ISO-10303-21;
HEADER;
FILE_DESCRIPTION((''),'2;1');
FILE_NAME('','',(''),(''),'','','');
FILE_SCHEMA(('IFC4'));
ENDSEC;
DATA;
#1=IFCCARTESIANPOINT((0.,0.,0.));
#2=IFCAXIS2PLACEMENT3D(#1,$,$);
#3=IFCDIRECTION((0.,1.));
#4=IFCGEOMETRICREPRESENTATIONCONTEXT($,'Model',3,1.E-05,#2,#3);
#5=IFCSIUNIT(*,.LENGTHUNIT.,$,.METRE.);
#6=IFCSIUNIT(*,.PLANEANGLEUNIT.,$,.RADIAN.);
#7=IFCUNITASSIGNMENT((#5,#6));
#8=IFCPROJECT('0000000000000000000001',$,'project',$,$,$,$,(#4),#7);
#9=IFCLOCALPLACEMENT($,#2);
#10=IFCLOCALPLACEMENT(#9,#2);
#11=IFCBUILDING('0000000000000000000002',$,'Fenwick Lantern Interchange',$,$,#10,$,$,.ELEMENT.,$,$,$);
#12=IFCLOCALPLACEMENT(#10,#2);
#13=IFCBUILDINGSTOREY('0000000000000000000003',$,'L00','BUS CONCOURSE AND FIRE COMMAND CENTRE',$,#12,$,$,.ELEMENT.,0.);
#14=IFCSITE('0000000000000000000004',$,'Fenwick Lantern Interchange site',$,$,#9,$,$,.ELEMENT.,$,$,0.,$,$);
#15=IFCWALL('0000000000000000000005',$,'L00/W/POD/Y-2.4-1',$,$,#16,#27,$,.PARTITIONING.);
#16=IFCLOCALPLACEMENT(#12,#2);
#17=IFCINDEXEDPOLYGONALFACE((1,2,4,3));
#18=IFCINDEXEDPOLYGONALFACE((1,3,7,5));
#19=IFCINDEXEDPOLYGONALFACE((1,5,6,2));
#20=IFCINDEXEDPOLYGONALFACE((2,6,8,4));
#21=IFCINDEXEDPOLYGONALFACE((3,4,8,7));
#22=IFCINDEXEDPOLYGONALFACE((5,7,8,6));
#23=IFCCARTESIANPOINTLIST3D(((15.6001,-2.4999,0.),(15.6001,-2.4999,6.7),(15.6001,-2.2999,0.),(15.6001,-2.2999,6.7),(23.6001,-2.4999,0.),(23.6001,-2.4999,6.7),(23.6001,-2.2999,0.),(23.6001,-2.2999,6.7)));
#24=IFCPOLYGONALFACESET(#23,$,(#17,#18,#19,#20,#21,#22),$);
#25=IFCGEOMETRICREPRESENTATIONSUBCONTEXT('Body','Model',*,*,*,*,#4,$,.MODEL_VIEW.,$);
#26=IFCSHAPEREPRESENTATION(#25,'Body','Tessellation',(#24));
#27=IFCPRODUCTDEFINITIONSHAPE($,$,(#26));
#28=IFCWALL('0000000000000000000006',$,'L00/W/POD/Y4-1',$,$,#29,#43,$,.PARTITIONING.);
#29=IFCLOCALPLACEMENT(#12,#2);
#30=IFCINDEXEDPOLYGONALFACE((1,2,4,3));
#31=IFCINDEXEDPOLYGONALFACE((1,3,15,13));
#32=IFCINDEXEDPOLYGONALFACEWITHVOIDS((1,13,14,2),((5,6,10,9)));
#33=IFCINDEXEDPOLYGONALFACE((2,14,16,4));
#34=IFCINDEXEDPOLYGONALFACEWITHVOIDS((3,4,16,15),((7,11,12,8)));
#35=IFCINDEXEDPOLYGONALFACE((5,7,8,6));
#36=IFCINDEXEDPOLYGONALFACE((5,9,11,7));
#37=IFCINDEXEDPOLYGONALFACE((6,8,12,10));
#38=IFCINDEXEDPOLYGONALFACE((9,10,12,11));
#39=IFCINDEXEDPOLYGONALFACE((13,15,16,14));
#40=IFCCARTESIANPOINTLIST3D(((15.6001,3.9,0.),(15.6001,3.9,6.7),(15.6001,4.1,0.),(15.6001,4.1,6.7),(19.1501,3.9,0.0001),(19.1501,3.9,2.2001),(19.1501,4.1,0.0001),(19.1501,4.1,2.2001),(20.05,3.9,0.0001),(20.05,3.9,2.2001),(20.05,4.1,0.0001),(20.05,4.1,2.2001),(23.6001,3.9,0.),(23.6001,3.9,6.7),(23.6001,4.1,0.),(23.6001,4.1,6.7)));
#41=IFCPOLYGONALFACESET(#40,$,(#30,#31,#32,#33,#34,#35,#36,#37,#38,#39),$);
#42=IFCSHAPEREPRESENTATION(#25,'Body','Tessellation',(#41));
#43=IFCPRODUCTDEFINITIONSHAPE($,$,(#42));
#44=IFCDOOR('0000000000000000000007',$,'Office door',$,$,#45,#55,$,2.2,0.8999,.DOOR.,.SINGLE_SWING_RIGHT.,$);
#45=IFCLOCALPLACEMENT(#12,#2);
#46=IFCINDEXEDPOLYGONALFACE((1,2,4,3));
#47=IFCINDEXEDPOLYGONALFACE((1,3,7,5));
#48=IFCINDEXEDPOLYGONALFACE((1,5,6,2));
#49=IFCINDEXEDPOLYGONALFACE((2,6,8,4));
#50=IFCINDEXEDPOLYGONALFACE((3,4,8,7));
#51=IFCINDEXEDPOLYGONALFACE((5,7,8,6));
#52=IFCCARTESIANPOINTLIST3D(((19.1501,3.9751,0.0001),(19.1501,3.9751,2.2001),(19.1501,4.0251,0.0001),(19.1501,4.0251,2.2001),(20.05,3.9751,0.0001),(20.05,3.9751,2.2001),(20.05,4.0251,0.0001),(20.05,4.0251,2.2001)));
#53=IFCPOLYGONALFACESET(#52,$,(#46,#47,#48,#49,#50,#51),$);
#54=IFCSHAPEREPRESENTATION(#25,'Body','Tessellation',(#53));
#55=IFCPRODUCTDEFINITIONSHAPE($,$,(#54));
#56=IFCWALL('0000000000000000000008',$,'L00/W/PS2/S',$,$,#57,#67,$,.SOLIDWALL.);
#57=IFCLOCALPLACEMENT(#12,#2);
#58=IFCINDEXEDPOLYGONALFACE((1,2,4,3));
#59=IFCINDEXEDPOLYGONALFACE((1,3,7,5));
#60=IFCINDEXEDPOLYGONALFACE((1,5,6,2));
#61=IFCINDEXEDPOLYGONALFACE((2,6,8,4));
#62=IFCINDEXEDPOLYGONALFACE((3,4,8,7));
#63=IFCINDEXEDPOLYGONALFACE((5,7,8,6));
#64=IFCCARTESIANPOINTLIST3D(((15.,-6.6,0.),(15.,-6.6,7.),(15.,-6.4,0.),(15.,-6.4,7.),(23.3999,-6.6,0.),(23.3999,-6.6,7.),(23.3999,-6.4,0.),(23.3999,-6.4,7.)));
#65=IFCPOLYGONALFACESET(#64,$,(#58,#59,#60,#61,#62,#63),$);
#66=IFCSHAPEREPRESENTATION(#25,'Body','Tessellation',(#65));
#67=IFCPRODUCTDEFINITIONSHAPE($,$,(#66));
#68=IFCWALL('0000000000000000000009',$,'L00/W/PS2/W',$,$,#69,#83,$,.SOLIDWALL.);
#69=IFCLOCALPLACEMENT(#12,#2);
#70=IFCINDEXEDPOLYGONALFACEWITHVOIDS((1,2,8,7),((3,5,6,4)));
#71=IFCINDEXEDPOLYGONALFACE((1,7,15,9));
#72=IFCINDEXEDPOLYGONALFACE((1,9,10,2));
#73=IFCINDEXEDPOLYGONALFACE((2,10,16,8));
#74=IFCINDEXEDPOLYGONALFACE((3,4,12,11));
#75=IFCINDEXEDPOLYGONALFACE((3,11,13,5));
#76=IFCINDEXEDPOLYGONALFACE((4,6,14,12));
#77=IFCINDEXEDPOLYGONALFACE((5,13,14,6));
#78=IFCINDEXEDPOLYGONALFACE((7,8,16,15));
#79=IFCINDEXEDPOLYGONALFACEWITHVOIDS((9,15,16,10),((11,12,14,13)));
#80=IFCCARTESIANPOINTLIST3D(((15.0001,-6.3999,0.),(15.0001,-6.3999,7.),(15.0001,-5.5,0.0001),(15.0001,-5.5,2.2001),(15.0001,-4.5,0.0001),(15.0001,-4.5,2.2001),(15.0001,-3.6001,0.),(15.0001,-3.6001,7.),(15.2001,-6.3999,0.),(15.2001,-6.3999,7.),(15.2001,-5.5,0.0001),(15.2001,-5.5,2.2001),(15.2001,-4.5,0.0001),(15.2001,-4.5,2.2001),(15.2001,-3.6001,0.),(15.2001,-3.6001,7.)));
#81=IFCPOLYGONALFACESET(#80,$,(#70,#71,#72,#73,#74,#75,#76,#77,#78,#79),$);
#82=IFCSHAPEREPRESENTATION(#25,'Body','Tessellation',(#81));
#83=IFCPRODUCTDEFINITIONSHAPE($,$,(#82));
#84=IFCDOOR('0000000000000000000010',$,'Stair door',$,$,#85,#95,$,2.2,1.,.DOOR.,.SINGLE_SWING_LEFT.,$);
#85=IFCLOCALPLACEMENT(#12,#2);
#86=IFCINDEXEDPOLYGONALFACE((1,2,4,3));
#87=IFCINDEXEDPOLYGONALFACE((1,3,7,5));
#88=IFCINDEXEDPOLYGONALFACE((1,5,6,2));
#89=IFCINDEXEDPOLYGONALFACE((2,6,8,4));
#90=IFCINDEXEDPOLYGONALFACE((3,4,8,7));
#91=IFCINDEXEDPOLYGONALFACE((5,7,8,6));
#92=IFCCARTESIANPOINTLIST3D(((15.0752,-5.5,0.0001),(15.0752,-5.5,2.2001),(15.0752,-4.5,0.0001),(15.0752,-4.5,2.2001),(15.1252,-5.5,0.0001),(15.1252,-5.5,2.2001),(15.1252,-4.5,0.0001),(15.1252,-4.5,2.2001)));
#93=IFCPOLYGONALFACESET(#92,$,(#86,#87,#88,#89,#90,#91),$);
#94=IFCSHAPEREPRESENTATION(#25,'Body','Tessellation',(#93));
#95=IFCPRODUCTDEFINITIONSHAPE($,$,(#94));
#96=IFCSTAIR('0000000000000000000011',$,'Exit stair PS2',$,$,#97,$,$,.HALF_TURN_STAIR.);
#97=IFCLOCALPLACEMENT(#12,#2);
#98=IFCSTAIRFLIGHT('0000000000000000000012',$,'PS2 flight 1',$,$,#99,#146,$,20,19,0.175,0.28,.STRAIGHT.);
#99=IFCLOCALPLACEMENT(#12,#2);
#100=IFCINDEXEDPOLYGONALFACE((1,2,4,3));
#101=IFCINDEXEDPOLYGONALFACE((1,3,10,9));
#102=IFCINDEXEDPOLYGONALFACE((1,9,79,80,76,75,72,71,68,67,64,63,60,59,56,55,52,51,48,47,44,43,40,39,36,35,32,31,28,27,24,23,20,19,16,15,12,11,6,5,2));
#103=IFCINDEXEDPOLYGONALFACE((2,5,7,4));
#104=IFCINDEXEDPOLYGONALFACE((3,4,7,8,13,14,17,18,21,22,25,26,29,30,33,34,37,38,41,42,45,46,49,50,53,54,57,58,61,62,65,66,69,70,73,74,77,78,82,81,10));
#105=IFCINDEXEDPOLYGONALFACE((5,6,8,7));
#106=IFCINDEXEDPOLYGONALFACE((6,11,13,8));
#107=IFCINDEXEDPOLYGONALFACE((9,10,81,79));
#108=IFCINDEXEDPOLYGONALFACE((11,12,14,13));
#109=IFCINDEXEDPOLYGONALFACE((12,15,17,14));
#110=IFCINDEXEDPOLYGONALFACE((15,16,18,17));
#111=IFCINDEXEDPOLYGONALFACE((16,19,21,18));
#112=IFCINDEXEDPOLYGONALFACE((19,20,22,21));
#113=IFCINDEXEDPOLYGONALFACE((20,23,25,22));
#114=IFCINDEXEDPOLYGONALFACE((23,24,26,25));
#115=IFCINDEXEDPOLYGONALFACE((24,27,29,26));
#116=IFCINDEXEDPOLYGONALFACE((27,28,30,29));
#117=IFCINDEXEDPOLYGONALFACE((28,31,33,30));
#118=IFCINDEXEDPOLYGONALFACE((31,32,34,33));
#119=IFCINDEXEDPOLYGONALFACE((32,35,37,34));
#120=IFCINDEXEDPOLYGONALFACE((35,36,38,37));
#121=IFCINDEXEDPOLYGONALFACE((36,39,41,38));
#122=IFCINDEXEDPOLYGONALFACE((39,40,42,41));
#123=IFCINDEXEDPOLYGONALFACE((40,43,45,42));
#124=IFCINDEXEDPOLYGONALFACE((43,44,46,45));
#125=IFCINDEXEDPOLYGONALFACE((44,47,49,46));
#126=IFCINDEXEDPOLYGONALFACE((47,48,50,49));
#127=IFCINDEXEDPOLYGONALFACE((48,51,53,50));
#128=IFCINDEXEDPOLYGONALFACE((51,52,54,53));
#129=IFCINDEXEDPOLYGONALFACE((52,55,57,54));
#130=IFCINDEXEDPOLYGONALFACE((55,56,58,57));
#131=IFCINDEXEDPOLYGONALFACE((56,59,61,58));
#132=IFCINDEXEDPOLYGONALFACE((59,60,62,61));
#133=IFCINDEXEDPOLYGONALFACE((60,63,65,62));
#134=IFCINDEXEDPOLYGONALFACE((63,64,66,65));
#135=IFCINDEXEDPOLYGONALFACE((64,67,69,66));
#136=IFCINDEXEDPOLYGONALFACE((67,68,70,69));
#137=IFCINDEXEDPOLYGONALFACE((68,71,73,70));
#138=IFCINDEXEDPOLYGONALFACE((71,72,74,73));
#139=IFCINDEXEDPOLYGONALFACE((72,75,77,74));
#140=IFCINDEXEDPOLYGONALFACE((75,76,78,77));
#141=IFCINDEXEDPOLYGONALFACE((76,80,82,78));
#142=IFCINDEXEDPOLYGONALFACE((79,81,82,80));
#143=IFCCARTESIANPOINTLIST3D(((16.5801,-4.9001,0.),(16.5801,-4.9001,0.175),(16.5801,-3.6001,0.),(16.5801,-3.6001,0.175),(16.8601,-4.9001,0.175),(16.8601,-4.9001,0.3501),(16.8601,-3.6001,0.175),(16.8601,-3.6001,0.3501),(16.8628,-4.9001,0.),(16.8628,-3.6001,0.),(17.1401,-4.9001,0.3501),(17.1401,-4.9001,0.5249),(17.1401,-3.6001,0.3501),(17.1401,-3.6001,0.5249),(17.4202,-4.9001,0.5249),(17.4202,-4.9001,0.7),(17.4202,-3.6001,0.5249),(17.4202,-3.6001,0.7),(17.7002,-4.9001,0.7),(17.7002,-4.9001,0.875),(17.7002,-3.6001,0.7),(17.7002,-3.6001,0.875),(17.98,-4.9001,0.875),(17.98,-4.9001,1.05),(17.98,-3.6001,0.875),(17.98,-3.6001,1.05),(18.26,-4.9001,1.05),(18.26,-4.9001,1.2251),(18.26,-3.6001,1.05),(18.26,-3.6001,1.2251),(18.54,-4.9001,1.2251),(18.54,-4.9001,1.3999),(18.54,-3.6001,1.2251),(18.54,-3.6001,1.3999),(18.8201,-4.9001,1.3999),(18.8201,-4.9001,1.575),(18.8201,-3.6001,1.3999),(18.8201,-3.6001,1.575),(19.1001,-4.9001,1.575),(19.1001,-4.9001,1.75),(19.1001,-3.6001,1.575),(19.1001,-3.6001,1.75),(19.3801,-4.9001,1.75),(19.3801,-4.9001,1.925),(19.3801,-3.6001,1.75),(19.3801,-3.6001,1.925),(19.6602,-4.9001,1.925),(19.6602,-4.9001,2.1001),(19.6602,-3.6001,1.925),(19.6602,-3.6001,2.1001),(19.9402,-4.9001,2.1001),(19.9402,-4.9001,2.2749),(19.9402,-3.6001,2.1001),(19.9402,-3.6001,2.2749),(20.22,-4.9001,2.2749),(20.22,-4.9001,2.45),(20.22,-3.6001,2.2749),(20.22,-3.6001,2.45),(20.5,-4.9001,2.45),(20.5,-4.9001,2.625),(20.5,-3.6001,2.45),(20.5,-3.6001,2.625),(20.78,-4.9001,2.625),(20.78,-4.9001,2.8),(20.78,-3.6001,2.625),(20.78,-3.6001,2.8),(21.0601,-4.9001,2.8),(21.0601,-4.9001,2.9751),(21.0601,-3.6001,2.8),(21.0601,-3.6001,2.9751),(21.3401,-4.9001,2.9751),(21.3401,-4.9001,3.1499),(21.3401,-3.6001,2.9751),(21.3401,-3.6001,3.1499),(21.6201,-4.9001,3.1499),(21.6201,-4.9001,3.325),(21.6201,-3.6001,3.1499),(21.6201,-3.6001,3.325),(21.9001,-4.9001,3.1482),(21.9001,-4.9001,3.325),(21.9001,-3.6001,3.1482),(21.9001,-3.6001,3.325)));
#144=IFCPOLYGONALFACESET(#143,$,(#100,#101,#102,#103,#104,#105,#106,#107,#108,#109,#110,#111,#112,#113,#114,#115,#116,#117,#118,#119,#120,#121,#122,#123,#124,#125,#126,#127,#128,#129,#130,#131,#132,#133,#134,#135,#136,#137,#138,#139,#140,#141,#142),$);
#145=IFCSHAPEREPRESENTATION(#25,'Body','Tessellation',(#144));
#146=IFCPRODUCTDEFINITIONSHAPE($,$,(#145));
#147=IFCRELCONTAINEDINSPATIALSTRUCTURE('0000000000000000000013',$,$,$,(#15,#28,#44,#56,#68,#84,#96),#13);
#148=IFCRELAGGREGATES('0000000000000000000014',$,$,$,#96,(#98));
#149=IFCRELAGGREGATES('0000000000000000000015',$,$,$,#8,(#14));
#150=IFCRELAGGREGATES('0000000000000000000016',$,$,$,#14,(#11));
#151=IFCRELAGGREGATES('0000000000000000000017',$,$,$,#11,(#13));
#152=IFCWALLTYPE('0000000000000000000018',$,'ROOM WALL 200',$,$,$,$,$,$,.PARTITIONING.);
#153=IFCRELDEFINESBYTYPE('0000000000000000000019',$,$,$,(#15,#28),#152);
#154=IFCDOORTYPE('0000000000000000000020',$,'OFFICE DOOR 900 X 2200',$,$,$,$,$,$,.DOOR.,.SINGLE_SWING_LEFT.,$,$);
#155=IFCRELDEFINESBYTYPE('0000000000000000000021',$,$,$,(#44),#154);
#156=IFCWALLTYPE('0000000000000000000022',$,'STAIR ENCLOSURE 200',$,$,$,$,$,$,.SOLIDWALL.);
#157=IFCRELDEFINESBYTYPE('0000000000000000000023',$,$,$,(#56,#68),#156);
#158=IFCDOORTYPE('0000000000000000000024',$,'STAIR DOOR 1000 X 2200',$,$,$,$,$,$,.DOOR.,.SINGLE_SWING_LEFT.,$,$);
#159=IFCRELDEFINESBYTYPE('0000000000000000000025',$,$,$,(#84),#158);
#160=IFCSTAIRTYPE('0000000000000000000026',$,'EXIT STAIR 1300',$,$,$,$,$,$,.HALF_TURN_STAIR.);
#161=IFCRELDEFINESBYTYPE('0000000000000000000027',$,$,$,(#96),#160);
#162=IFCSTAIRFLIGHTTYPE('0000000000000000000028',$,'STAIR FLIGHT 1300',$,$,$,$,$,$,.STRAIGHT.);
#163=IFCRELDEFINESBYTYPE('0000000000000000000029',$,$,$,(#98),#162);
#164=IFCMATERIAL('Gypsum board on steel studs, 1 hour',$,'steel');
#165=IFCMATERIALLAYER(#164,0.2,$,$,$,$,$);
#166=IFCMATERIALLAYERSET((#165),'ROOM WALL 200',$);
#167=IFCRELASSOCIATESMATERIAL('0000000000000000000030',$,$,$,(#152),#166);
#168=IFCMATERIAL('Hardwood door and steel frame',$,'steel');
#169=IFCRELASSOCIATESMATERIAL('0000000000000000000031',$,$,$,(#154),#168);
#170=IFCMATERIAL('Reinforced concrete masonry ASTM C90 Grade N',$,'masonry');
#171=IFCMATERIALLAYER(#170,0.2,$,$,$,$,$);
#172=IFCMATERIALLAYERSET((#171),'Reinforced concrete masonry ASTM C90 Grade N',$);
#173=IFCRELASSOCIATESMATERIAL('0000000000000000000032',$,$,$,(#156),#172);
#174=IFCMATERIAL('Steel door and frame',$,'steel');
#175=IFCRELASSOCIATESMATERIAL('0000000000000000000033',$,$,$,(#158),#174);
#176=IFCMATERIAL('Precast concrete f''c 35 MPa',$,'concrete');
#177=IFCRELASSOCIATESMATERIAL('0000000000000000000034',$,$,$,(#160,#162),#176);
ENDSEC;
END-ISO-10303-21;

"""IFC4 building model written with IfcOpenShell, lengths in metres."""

from ifc_helpers import new_model, si_unit, direction, frame, frame_2d, origin, place, context, subcontext, project, spatial, polyline, rectangle, outline, extrude, material, layer, layer_set, type_object, element, fill, aggregate, save


model = new_model("IFC4")

# Units and contexts
model_context = context("Model", 3, precision=1e-05, world=origin(), true_north=direction((0.0, 1.0)))
body_context = subcontext(model_context, "Body", "Model", "MODEL_VIEW")
ifc_project = project(units=[si_unit("LENGTHUNIT", "METRE"), si_unit("PLANEANGLEUNIT", "RADIAN")], contexts=[model_context])

# Site, building, storey
site_placement = place(None, origin())
site = spatial("IfcSite", under=ifc_project, at=site_placement, Name="Fenwick Lantern Interchange site", CompositionType="ELEMENT", RefElevation=0.0)
building_placement = place(site_placement, origin())
building = spatial("IfcBuilding", under=site, at=building_placement, Name="Fenwick Lantern Interchange", CompositionType="ELEMENT")
storey_placement = place(building_placement, origin())
storey = spatial("IfcBuildingStorey", under=building, at=storey_placement, Name="L00", Description="BUS CONCOURSE AND FIRE COMMAND CENTRE", CompositionType="ELEMENT", Elevation=0.0)

# Wall
ifc_material_1 = material(Name="Gypsum board on steel studs, 1 hour", Category="steel")
ifc_layer_1 = layer(ifc_material_1, 0.2)
ifc_layer_set_1 = layer_set([ifc_layer_1], Name="ROOM WALL 200")
wall_type_1 = type_object("IfcWallType", Name="ROOM WALL 200", PredefinedType="PARTITIONING", material=ifc_layer_set_1)
wall_1_placement = place(storey_placement, frame((15.6001, -2.3999, 0.0), z_axis=(0.0, 0.0, 1.0), x_axis=(1.0, 0.0, 0.0)))
element("IfcWall", 1, at=wall_1_placement, inside=storey, type_object=wall_type_1, Name="L00/W/POD/Y-2.4-1", PredefinedType="PARTITIONING", context=body_context, shape_type="SweptSolid", body=[
    extrude(rectangle(XDim=8.0, YDim=0.2, at=frame_2d((4.0, 0.0))), origin(), (0.0, 0.0, 1.0), 6.7),
])

# Wall, opening, door
wall_2_placement = place(storey_placement, frame((15.6001, 4.0, 0.0), z_axis=(0.0, 0.0, 1.0), x_axis=(1.0, 0.0, 0.0)))
wall_2 = element("IfcWall", 2, at=wall_2_placement, inside=storey, type_object=wall_type_1, Name="L00/W/POD/Y4-1", PredefinedType="PARTITIONING", context=body_context, shape_type="SweptSolid", body=[
    extrude(rectangle(XDim=8.0, YDim=0.2, at=frame_2d((4.0, 0.0))), origin(), (0.0, 0.0, 1.0), 6.7),
])
opening_1_placement = place(wall_2_placement, frame((3.55, 0.0, 0.0)))
opening_1 = element("IfcOpeningElement", 3, at=opening_1_placement, cuts=wall_2, PredefinedType="OPENING", context=body_context, shape_type="SweptSolid", body=[
    extrude(rectangle(XDim=0.8999, YDim=2.2, at=frame_2d((0.45, 1.1001))), frame((0.0, 0.1099, 0.0), z_axis=(0.0, -1.0, 0.0), x_axis=(1.0, 0.0, 0.0)), (0.0, 0.0, 1.0), 0.22),
])
ifc_material_2 = material(Name="Hardwood door and steel frame", Category="steel")
door_type_1 = type_object("IfcDoorType", Name="OFFICE DOOR 900 X 2200", OperationType="SINGLE_SWING_LEFT", PredefinedType="DOOR", material=ifc_material_2)
door_1_placement = place(opening_1_placement, frame((0.8999, 0.0, 0.0), z_axis=(0.0, 0.0, 1.0), x_axis=(-1.0, 0.0, 0.0)))
door_1 = element("IfcDoor", 4, at=door_1_placement, inside=storey, type_object=door_type_1, Name="Office door", OperationType="SINGLE_SWING_RIGHT", OverallHeight=2.2, OverallWidth=0.8999, PredefinedType="DOOR", context=body_context, shape_type="SweptSolid", body=[
    extrude(rectangle(XDim=0.8999, YDim=2.2, at=frame_2d((0.45, 1.1001))), frame((0.0, 0.0249, 0.0), z_axis=(0.0, -1.0, 0.0), x_axis=(1.0, 0.0, 0.0)), (0.0, 0.0, 1.0), 0.05),
])
fill(opening_1, door_1)

# Wall
ifc_material_3 = material(Name="Reinforced concrete masonry ASTM C90 Grade N", Category="masonry")
ifc_layer_2 = layer(ifc_material_3, 0.2)
ifc_layer_set_2 = layer_set([ifc_layer_2], Name="Reinforced concrete masonry ASTM C90 Grade N")
wall_type_2 = type_object("IfcWallType", Name="STAIR ENCLOSURE 200", PredefinedType="SOLIDWALL", material=ifc_layer_set_2)
wall_3_placement = place(storey_placement, frame((15.0, -6.5, 0.0), z_axis=(0.0, 0.0, 1.0), x_axis=(1.0, 0.0, 0.0)))
element("IfcWall", 5, at=wall_3_placement, inside=storey, type_object=wall_type_2, Name="L00/W/PS2/S", PredefinedType="SOLIDWALL", context=body_context, shape_type="SweptSolid", body=[
    extrude(rectangle(XDim=8.3999, YDim=0.2, at=frame_2d((4.2, 0.0))), origin(), (0.0, 0.0, 1.0), 7.0),
])

# Wall, opening, door
wall_4_placement = place(storey_placement, frame((15.1001, -3.6001, 0.0), z_axis=(0.0, 0.0, 1.0), x_axis=(0.0, -1.0, 0.0)))
wall_4 = element("IfcWall", 6, at=wall_4_placement, inside=storey, type_object=wall_type_2, Name="L00/W/PS2/W", PredefinedType="SOLIDWALL", context=body_context, shape_type="SweptSolid", body=[
    extrude(rectangle(XDim=2.7998, YDim=0.2, at=frame_2d((1.3999, 0.0))), origin(), (0.0, 0.0, 1.0), 7.0),
])
opening_2_placement = place(wall_4_placement, frame((0.8999, 0.0, 0.0)))
opening_2 = element("IfcOpeningElement", 7, at=opening_2_placement, cuts=wall_4, PredefinedType="OPENING", context=body_context, shape_type="SweptSolid", body=[
    extrude(rectangle(XDim=1.0, YDim=2.2, at=frame_2d((0.5, 1.1001))), frame((0.0, 0.1099, 0.0), z_axis=(0.0, -1.0, 0.0), x_axis=(1.0, 0.0, 0.0)), (0.0, 0.0, 1.0), 0.22),
])
ifc_material_4 = material(Name="Steel door and frame", Category="steel")
door_type_2 = type_object("IfcDoorType", Name="STAIR DOOR 1000 X 2200", OperationType="SINGLE_SWING_LEFT", PredefinedType="DOOR", material=ifc_material_4)
door_2_placement = place(opening_2_placement, frame((1.0, 0.0, 0.0), z_axis=(0.0, 0.0, 1.0), x_axis=(-1.0, 0.0, 0.0)))
door_2 = element("IfcDoor", 8, at=door_2_placement, inside=storey, type_object=door_type_2, Name="Stair door", OperationType="SINGLE_SWING_LEFT", OverallHeight=2.2, OverallWidth=1.0, PredefinedType="DOOR", context=body_context, shape_type="SweptSolid", body=[
    extrude(rectangle(XDim=1.0, YDim=2.2, at=frame_2d((0.5, 1.1001))), frame((0.0, 0.0249, 0.0), z_axis=(0.0, -1.0, 0.0), x_axis=(1.0, 0.0, 0.0)), (0.0, 0.0, 1.0), 0.05),
])
fill(opening_2, door_2)

# Stair, stair flight
ifc_material_5 = material(Name="Precast concrete f'c 35 MPa", Category="concrete")
stair_type = type_object("IfcStairType", Name="EXIT STAIR 1300", PredefinedType="HALF_TURN_STAIR", material=ifc_material_5)
stair_placement = place(storey_placement, origin())
stair = element("IfcStair", 9, at=stair_placement, inside=storey, type_object=stair_type, Name="Exit stair PS2", PredefinedType="HALF_TURN_STAIR")
stair_flight_type = type_object("IfcStairFlightType", Name="STAIR FLIGHT 1300", PredefinedType="STRAIGHT", material=ifc_material_5)
stair_flight_placement = place(storey_placement, frame((16.5801, -4.25, 0.0), z_axis=(0.0, 0.0, 1.0), x_axis=(1.0, 0.0, 0.0)))
stair_flight = element("IfcStairFlight", 10, at=stair_flight_placement, type_object=stair_flight_type, Name="PS2 flight 1", NumberOfRisers=20, NumberOfTreads=19, PredefinedType="STRAIGHT", RiserHeight=0.175, TreadLength=0.28, context=body_context, shape_type="SweptSolid", body=[
    extrude(outline(polyline([(0.0, 0.0), (0.0, 0.175), (0.28, 0.175), (0.28, 0.3501), (0.5601, 0.3501), (0.5601, 0.5249), (0.8401, 0.5249), (0.8401, 0.7), (1.1201, 0.7), (1.1201, 0.875), (1.3999, 0.875), (1.3999, 1.05), (1.6799, 1.05), (1.6799, 1.2251), (1.96, 1.2251), (1.96, 1.3999), (2.24, 1.3999), (2.24, 1.575), (2.52, 1.575), (2.52, 1.75), (2.8, 1.75), (2.8, 1.925), (3.0801, 1.925), (3.0801, 2.1001), (3.3601, 2.1001), (3.3601, 2.2749), (3.6399, 2.2749), (3.6399, 2.45), (3.9199, 2.45), (3.9199, 2.625), (4.2, 2.625), (4.2, 2.8), (4.48, 2.8), (4.48, 2.9751), (4.76, 2.9751), (4.76, 3.1499), (5.04, 3.1499), (5.04, 3.325), (5.3201, 3.325), (5.3201, 3.5), (5.3201, 3.1482), (0.2827, 0.0), (0.0, 0.0)])), frame((0.0, 0.6499, 0.0), z_axis=(0.0, -1.0, 0.0), x_axis=(1.0, 0.0, 0.0)), (0.0, 0.0, 1.0), 1.3),
])
aggregate(stair, [stair_flight])

save(model, "model.ifc")
